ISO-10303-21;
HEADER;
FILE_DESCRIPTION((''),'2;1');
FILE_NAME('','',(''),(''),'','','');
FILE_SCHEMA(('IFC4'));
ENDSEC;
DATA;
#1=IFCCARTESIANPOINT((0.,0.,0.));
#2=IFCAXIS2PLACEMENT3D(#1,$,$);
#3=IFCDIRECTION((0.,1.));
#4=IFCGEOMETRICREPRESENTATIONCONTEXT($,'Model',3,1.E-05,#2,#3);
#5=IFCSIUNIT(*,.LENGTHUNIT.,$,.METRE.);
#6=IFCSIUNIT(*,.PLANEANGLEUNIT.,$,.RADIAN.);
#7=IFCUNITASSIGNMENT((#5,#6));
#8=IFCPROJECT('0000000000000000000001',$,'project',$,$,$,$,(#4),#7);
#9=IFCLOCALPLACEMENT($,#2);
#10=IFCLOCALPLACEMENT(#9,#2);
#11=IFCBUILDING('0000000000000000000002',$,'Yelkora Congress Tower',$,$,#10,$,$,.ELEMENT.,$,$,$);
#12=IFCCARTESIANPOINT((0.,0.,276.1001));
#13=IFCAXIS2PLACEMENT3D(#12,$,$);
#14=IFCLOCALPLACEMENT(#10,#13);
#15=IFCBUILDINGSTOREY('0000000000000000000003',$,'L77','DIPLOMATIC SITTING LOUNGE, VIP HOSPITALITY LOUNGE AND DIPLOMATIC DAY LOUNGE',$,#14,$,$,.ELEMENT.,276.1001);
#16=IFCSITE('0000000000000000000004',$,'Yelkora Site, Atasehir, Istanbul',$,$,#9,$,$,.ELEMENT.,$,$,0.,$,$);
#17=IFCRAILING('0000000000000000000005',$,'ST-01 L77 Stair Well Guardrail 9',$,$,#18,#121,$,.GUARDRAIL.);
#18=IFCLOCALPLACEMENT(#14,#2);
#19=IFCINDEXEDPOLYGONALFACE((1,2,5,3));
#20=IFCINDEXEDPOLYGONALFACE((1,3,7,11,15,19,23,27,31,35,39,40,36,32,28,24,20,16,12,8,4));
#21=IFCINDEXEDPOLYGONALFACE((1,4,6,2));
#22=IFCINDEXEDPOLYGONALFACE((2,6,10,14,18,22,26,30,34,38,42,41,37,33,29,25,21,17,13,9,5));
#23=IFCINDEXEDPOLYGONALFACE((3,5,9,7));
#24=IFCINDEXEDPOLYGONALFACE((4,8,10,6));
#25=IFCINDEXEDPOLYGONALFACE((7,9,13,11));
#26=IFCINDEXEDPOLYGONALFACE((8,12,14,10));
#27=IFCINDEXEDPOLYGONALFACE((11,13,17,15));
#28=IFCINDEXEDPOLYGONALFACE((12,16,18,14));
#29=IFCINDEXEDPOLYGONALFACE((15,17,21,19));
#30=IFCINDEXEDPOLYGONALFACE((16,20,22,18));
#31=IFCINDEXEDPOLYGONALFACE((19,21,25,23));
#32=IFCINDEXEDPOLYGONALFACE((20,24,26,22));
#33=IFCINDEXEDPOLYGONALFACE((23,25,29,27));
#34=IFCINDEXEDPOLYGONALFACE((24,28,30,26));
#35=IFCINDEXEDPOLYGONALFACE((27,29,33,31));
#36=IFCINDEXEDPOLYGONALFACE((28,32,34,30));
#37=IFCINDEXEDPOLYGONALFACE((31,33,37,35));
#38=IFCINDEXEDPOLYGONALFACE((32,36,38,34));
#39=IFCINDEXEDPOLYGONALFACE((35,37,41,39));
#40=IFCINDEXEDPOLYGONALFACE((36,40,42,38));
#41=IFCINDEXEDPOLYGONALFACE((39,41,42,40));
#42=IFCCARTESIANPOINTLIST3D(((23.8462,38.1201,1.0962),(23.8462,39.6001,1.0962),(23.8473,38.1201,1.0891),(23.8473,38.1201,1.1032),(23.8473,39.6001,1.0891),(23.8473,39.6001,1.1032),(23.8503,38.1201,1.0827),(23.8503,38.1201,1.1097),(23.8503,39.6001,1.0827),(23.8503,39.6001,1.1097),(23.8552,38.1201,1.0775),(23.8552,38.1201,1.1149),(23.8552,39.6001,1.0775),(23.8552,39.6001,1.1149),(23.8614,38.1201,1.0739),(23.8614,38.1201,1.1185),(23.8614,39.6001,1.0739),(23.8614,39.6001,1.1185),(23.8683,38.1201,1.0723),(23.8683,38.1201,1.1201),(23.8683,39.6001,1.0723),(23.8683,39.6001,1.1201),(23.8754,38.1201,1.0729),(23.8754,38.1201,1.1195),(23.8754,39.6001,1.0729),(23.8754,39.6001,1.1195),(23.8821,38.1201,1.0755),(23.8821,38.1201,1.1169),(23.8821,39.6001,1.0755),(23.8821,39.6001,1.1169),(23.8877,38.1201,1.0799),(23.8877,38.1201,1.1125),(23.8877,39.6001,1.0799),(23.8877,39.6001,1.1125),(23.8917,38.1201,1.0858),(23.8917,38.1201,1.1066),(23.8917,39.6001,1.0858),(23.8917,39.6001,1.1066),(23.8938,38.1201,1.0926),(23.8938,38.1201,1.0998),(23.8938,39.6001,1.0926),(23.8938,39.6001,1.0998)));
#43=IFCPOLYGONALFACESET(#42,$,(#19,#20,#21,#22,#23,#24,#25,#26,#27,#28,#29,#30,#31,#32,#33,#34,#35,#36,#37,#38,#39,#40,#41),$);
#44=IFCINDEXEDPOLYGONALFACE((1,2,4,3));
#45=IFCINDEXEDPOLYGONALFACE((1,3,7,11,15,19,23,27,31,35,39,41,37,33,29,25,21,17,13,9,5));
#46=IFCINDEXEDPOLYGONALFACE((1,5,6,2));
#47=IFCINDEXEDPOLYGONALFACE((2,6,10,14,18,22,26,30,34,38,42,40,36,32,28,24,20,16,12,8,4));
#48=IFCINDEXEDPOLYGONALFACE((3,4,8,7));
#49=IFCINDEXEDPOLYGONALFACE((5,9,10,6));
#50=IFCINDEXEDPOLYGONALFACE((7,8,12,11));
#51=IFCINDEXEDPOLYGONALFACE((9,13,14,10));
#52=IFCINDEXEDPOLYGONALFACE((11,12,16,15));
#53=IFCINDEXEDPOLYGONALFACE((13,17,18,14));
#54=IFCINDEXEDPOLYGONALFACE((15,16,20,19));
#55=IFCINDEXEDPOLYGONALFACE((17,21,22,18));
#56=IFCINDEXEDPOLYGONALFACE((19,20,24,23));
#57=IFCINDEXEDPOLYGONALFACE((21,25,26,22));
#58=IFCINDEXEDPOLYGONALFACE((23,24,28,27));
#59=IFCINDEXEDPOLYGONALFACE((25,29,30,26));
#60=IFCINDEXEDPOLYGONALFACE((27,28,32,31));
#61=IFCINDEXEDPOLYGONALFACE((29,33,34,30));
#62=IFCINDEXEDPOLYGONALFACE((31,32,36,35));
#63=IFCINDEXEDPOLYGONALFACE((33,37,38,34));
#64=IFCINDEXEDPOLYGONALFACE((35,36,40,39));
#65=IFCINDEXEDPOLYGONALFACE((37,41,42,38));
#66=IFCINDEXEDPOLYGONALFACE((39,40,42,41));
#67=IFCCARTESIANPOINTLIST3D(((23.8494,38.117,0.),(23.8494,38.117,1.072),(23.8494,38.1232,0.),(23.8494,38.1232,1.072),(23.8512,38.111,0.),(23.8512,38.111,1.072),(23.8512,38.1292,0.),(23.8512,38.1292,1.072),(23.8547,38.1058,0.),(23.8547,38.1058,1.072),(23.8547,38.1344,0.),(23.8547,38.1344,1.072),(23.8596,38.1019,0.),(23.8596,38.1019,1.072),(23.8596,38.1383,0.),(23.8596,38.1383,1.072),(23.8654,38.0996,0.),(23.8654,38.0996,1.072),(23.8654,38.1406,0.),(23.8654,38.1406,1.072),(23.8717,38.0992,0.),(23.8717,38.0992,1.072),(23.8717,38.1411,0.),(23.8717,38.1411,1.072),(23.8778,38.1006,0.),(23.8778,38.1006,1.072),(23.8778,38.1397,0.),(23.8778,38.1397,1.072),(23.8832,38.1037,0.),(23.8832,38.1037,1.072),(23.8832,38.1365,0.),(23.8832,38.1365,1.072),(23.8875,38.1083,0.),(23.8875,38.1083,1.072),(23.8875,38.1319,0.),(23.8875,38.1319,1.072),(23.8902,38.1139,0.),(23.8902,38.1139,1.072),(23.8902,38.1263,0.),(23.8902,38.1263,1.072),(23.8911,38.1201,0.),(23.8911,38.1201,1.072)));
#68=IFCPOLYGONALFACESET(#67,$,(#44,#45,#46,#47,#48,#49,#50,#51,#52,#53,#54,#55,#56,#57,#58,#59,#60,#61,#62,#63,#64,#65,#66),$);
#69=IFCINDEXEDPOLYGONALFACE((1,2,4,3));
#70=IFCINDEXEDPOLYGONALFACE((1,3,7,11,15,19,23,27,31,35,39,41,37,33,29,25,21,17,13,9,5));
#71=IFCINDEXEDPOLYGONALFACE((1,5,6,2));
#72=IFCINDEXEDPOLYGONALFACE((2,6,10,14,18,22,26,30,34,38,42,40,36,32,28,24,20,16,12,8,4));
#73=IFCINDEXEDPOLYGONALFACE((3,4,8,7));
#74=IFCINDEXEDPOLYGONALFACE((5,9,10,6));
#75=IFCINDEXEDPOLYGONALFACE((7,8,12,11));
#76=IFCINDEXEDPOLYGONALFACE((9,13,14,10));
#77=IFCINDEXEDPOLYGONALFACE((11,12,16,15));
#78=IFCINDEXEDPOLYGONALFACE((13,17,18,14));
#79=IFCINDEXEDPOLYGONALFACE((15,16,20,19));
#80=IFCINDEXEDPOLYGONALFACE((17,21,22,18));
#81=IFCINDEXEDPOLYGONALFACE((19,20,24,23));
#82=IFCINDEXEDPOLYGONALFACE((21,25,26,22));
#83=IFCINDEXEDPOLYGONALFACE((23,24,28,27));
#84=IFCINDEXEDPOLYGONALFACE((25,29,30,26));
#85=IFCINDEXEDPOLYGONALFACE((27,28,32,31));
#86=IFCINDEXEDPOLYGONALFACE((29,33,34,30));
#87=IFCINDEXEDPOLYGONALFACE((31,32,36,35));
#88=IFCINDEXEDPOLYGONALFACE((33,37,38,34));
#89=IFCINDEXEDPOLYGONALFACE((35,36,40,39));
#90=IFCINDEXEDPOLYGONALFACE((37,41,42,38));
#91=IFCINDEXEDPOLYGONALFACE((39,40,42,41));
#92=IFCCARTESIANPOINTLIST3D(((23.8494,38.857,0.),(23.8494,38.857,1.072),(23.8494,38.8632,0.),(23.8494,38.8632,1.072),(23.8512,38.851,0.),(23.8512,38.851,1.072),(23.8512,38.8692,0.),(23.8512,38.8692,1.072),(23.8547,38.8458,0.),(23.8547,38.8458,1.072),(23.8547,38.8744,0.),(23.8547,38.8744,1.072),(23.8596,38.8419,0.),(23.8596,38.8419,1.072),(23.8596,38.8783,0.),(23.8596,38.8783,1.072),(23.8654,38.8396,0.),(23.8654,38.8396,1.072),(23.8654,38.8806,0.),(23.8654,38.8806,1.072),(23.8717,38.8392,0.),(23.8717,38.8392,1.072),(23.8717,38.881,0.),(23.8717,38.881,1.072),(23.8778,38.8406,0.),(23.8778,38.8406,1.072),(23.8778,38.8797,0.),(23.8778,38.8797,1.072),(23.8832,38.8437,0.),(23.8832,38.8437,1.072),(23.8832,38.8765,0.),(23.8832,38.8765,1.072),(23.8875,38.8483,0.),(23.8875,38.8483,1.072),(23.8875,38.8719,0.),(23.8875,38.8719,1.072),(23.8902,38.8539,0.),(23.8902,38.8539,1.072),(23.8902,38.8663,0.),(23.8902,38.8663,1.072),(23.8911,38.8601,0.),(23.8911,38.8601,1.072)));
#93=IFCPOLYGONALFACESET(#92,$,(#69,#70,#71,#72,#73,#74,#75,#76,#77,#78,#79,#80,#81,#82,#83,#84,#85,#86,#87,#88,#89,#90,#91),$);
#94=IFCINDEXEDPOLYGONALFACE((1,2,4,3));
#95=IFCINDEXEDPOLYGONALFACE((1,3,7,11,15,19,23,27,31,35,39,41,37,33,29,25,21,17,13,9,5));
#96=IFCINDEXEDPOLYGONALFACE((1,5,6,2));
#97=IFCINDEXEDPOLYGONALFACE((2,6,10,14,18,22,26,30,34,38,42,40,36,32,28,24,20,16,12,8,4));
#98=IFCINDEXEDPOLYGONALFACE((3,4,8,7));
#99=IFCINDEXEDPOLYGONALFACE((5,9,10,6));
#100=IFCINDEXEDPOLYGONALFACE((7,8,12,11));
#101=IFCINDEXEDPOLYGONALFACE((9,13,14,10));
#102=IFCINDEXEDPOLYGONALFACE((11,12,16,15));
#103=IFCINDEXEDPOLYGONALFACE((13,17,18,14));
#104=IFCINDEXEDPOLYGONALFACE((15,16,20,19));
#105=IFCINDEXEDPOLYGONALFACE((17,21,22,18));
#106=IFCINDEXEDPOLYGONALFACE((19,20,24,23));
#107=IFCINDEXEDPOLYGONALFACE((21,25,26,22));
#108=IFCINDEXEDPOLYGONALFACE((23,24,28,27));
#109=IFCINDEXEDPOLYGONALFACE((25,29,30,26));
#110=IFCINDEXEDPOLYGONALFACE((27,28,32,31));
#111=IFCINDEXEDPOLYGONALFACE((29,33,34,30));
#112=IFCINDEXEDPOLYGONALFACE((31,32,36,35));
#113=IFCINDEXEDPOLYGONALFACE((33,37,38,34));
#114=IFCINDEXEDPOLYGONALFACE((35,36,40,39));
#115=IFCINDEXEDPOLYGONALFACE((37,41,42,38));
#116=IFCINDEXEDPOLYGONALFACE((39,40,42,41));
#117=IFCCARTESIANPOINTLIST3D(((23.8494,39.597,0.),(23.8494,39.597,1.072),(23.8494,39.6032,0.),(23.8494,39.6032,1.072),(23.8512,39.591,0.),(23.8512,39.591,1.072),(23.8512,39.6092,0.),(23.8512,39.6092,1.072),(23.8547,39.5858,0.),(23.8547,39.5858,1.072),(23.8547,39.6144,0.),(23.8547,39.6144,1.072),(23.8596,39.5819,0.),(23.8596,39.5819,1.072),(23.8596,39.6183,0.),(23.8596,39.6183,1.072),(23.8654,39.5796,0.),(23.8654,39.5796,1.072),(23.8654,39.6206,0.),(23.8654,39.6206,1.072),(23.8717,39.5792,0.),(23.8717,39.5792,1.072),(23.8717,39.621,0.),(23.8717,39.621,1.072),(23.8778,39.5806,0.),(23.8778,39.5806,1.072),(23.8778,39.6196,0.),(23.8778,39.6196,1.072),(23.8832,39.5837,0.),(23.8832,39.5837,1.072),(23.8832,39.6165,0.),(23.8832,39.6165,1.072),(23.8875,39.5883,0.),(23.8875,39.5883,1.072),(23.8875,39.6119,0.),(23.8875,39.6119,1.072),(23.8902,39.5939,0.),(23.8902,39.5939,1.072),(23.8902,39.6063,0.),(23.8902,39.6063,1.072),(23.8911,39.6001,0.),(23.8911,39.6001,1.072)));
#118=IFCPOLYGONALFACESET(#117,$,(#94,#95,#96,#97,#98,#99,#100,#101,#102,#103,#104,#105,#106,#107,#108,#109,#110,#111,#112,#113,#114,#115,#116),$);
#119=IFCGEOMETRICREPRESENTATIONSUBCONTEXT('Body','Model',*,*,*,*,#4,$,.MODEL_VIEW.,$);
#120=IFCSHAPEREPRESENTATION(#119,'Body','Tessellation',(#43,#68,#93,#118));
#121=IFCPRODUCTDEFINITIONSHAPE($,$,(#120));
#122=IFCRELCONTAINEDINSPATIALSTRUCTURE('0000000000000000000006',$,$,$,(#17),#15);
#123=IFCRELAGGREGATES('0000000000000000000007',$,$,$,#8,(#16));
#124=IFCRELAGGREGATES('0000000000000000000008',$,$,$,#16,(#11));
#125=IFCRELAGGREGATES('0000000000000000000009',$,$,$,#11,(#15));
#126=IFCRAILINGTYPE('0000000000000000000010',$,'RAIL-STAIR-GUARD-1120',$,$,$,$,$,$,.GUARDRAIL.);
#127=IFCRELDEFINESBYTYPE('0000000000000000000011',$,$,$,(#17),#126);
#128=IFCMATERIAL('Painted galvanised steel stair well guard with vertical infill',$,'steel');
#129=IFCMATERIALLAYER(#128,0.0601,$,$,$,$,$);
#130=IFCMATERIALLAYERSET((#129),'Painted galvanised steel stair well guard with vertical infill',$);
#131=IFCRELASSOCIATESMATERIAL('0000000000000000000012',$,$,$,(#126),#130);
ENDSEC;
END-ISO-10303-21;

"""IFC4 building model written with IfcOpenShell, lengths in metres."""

from ifc_helpers import new_model, si_unit, direction, frame, origin, origin_2d, place, context, subcontext, project, spatial, circle, extrude, material, layer, layer_set, type_object, element, save


model = new_model("IFC4")

# Units and contexts
model_context = context("Model", 3, precision=1e-05, world=origin(), true_north=direction((0.0, 1.0)))
body_context = subcontext(model_context, "Body", "Model", "MODEL_VIEW")
ifc_project = project(units=[si_unit("LENGTHUNIT", "METRE"), si_unit("PLANEANGLEUNIT", "RADIAN")], contexts=[model_context])

# Site, building, storey
site_placement = place(None, origin())
site = spatial("IfcSite", under=ifc_project, at=site_placement, Name="Yelkora Site, Atasehir, Istanbul", CompositionType="ELEMENT", RefElevation=0.0)
building_placement = place(site_placement, origin())
building = spatial("IfcBuilding", under=site, at=building_placement, Name="Yelkora Congress Tower", CompositionType="ELEMENT")
storey_placement = place(building_placement, frame((0.0, 0.0, 276.1001)))
storey = spatial("IfcBuildingStorey", under=building, at=storey_placement, Name="L77", Description="DIPLOMATIC SITTING LOUNGE, VIP HOSPITALITY LOUNGE AND DIPLOMATIC DAY LOUNGE", CompositionType="ELEMENT", Elevation=276.1001)

# Railing
ifc_material_1 = material(Name="Painted galvanised steel stair well guard with vertical infill", Category="steel")
ifc_layer_1 = layer(ifc_material_1, 0.0601)
ifc_layer_set_1 = layer_set([ifc_layer_1], Name="Painted galvanised steel stair well guard with vertical infill")
railing_type_1 = type_object("IfcRailingType", Name="RAIL-STAIR-GUARD-1120", PredefinedType="GUARDRAIL", material=ifc_layer_set_1)
for number, where, name in (
    (1, (23.8701, 38.1201, 0.0), "ST-01 L77 Stair Well Guardrail 9"),
):
    element("IfcRailing", number, at=place(storey_placement, frame(where)), inside=storey, type_object=railing_type_1, Name=name, PredefinedType="GUARDRAIL", context=body_context, shape_type="SweptSolid", body=[
        extrude(circle(Radius=0.0239, at=origin_2d()), frame((0.0, 0.0, 1.0962), z_axis=(0.0, 1.0, 0.0), x_axis=(-1.0, 0.0, 0.0)), (0.0, 0.0, 1.0), 1.48),
        extrude(circle(Radius=0.021, at=origin_2d()), origin(), (0.0, 0.0, 1.0), 1.072),
        extrude(circle(Radius=0.021, at=origin_2d()), frame((0.0, 0.74, 0.0)), (0.0, 0.0, 1.0), 1.072),
        extrude(circle(Radius=0.021, at=origin_2d()), frame((0.0, 1.48, 0.0)), (0.0, 0.0, 1.0), 1.072),
    ])

save(model, "model.ifc")
